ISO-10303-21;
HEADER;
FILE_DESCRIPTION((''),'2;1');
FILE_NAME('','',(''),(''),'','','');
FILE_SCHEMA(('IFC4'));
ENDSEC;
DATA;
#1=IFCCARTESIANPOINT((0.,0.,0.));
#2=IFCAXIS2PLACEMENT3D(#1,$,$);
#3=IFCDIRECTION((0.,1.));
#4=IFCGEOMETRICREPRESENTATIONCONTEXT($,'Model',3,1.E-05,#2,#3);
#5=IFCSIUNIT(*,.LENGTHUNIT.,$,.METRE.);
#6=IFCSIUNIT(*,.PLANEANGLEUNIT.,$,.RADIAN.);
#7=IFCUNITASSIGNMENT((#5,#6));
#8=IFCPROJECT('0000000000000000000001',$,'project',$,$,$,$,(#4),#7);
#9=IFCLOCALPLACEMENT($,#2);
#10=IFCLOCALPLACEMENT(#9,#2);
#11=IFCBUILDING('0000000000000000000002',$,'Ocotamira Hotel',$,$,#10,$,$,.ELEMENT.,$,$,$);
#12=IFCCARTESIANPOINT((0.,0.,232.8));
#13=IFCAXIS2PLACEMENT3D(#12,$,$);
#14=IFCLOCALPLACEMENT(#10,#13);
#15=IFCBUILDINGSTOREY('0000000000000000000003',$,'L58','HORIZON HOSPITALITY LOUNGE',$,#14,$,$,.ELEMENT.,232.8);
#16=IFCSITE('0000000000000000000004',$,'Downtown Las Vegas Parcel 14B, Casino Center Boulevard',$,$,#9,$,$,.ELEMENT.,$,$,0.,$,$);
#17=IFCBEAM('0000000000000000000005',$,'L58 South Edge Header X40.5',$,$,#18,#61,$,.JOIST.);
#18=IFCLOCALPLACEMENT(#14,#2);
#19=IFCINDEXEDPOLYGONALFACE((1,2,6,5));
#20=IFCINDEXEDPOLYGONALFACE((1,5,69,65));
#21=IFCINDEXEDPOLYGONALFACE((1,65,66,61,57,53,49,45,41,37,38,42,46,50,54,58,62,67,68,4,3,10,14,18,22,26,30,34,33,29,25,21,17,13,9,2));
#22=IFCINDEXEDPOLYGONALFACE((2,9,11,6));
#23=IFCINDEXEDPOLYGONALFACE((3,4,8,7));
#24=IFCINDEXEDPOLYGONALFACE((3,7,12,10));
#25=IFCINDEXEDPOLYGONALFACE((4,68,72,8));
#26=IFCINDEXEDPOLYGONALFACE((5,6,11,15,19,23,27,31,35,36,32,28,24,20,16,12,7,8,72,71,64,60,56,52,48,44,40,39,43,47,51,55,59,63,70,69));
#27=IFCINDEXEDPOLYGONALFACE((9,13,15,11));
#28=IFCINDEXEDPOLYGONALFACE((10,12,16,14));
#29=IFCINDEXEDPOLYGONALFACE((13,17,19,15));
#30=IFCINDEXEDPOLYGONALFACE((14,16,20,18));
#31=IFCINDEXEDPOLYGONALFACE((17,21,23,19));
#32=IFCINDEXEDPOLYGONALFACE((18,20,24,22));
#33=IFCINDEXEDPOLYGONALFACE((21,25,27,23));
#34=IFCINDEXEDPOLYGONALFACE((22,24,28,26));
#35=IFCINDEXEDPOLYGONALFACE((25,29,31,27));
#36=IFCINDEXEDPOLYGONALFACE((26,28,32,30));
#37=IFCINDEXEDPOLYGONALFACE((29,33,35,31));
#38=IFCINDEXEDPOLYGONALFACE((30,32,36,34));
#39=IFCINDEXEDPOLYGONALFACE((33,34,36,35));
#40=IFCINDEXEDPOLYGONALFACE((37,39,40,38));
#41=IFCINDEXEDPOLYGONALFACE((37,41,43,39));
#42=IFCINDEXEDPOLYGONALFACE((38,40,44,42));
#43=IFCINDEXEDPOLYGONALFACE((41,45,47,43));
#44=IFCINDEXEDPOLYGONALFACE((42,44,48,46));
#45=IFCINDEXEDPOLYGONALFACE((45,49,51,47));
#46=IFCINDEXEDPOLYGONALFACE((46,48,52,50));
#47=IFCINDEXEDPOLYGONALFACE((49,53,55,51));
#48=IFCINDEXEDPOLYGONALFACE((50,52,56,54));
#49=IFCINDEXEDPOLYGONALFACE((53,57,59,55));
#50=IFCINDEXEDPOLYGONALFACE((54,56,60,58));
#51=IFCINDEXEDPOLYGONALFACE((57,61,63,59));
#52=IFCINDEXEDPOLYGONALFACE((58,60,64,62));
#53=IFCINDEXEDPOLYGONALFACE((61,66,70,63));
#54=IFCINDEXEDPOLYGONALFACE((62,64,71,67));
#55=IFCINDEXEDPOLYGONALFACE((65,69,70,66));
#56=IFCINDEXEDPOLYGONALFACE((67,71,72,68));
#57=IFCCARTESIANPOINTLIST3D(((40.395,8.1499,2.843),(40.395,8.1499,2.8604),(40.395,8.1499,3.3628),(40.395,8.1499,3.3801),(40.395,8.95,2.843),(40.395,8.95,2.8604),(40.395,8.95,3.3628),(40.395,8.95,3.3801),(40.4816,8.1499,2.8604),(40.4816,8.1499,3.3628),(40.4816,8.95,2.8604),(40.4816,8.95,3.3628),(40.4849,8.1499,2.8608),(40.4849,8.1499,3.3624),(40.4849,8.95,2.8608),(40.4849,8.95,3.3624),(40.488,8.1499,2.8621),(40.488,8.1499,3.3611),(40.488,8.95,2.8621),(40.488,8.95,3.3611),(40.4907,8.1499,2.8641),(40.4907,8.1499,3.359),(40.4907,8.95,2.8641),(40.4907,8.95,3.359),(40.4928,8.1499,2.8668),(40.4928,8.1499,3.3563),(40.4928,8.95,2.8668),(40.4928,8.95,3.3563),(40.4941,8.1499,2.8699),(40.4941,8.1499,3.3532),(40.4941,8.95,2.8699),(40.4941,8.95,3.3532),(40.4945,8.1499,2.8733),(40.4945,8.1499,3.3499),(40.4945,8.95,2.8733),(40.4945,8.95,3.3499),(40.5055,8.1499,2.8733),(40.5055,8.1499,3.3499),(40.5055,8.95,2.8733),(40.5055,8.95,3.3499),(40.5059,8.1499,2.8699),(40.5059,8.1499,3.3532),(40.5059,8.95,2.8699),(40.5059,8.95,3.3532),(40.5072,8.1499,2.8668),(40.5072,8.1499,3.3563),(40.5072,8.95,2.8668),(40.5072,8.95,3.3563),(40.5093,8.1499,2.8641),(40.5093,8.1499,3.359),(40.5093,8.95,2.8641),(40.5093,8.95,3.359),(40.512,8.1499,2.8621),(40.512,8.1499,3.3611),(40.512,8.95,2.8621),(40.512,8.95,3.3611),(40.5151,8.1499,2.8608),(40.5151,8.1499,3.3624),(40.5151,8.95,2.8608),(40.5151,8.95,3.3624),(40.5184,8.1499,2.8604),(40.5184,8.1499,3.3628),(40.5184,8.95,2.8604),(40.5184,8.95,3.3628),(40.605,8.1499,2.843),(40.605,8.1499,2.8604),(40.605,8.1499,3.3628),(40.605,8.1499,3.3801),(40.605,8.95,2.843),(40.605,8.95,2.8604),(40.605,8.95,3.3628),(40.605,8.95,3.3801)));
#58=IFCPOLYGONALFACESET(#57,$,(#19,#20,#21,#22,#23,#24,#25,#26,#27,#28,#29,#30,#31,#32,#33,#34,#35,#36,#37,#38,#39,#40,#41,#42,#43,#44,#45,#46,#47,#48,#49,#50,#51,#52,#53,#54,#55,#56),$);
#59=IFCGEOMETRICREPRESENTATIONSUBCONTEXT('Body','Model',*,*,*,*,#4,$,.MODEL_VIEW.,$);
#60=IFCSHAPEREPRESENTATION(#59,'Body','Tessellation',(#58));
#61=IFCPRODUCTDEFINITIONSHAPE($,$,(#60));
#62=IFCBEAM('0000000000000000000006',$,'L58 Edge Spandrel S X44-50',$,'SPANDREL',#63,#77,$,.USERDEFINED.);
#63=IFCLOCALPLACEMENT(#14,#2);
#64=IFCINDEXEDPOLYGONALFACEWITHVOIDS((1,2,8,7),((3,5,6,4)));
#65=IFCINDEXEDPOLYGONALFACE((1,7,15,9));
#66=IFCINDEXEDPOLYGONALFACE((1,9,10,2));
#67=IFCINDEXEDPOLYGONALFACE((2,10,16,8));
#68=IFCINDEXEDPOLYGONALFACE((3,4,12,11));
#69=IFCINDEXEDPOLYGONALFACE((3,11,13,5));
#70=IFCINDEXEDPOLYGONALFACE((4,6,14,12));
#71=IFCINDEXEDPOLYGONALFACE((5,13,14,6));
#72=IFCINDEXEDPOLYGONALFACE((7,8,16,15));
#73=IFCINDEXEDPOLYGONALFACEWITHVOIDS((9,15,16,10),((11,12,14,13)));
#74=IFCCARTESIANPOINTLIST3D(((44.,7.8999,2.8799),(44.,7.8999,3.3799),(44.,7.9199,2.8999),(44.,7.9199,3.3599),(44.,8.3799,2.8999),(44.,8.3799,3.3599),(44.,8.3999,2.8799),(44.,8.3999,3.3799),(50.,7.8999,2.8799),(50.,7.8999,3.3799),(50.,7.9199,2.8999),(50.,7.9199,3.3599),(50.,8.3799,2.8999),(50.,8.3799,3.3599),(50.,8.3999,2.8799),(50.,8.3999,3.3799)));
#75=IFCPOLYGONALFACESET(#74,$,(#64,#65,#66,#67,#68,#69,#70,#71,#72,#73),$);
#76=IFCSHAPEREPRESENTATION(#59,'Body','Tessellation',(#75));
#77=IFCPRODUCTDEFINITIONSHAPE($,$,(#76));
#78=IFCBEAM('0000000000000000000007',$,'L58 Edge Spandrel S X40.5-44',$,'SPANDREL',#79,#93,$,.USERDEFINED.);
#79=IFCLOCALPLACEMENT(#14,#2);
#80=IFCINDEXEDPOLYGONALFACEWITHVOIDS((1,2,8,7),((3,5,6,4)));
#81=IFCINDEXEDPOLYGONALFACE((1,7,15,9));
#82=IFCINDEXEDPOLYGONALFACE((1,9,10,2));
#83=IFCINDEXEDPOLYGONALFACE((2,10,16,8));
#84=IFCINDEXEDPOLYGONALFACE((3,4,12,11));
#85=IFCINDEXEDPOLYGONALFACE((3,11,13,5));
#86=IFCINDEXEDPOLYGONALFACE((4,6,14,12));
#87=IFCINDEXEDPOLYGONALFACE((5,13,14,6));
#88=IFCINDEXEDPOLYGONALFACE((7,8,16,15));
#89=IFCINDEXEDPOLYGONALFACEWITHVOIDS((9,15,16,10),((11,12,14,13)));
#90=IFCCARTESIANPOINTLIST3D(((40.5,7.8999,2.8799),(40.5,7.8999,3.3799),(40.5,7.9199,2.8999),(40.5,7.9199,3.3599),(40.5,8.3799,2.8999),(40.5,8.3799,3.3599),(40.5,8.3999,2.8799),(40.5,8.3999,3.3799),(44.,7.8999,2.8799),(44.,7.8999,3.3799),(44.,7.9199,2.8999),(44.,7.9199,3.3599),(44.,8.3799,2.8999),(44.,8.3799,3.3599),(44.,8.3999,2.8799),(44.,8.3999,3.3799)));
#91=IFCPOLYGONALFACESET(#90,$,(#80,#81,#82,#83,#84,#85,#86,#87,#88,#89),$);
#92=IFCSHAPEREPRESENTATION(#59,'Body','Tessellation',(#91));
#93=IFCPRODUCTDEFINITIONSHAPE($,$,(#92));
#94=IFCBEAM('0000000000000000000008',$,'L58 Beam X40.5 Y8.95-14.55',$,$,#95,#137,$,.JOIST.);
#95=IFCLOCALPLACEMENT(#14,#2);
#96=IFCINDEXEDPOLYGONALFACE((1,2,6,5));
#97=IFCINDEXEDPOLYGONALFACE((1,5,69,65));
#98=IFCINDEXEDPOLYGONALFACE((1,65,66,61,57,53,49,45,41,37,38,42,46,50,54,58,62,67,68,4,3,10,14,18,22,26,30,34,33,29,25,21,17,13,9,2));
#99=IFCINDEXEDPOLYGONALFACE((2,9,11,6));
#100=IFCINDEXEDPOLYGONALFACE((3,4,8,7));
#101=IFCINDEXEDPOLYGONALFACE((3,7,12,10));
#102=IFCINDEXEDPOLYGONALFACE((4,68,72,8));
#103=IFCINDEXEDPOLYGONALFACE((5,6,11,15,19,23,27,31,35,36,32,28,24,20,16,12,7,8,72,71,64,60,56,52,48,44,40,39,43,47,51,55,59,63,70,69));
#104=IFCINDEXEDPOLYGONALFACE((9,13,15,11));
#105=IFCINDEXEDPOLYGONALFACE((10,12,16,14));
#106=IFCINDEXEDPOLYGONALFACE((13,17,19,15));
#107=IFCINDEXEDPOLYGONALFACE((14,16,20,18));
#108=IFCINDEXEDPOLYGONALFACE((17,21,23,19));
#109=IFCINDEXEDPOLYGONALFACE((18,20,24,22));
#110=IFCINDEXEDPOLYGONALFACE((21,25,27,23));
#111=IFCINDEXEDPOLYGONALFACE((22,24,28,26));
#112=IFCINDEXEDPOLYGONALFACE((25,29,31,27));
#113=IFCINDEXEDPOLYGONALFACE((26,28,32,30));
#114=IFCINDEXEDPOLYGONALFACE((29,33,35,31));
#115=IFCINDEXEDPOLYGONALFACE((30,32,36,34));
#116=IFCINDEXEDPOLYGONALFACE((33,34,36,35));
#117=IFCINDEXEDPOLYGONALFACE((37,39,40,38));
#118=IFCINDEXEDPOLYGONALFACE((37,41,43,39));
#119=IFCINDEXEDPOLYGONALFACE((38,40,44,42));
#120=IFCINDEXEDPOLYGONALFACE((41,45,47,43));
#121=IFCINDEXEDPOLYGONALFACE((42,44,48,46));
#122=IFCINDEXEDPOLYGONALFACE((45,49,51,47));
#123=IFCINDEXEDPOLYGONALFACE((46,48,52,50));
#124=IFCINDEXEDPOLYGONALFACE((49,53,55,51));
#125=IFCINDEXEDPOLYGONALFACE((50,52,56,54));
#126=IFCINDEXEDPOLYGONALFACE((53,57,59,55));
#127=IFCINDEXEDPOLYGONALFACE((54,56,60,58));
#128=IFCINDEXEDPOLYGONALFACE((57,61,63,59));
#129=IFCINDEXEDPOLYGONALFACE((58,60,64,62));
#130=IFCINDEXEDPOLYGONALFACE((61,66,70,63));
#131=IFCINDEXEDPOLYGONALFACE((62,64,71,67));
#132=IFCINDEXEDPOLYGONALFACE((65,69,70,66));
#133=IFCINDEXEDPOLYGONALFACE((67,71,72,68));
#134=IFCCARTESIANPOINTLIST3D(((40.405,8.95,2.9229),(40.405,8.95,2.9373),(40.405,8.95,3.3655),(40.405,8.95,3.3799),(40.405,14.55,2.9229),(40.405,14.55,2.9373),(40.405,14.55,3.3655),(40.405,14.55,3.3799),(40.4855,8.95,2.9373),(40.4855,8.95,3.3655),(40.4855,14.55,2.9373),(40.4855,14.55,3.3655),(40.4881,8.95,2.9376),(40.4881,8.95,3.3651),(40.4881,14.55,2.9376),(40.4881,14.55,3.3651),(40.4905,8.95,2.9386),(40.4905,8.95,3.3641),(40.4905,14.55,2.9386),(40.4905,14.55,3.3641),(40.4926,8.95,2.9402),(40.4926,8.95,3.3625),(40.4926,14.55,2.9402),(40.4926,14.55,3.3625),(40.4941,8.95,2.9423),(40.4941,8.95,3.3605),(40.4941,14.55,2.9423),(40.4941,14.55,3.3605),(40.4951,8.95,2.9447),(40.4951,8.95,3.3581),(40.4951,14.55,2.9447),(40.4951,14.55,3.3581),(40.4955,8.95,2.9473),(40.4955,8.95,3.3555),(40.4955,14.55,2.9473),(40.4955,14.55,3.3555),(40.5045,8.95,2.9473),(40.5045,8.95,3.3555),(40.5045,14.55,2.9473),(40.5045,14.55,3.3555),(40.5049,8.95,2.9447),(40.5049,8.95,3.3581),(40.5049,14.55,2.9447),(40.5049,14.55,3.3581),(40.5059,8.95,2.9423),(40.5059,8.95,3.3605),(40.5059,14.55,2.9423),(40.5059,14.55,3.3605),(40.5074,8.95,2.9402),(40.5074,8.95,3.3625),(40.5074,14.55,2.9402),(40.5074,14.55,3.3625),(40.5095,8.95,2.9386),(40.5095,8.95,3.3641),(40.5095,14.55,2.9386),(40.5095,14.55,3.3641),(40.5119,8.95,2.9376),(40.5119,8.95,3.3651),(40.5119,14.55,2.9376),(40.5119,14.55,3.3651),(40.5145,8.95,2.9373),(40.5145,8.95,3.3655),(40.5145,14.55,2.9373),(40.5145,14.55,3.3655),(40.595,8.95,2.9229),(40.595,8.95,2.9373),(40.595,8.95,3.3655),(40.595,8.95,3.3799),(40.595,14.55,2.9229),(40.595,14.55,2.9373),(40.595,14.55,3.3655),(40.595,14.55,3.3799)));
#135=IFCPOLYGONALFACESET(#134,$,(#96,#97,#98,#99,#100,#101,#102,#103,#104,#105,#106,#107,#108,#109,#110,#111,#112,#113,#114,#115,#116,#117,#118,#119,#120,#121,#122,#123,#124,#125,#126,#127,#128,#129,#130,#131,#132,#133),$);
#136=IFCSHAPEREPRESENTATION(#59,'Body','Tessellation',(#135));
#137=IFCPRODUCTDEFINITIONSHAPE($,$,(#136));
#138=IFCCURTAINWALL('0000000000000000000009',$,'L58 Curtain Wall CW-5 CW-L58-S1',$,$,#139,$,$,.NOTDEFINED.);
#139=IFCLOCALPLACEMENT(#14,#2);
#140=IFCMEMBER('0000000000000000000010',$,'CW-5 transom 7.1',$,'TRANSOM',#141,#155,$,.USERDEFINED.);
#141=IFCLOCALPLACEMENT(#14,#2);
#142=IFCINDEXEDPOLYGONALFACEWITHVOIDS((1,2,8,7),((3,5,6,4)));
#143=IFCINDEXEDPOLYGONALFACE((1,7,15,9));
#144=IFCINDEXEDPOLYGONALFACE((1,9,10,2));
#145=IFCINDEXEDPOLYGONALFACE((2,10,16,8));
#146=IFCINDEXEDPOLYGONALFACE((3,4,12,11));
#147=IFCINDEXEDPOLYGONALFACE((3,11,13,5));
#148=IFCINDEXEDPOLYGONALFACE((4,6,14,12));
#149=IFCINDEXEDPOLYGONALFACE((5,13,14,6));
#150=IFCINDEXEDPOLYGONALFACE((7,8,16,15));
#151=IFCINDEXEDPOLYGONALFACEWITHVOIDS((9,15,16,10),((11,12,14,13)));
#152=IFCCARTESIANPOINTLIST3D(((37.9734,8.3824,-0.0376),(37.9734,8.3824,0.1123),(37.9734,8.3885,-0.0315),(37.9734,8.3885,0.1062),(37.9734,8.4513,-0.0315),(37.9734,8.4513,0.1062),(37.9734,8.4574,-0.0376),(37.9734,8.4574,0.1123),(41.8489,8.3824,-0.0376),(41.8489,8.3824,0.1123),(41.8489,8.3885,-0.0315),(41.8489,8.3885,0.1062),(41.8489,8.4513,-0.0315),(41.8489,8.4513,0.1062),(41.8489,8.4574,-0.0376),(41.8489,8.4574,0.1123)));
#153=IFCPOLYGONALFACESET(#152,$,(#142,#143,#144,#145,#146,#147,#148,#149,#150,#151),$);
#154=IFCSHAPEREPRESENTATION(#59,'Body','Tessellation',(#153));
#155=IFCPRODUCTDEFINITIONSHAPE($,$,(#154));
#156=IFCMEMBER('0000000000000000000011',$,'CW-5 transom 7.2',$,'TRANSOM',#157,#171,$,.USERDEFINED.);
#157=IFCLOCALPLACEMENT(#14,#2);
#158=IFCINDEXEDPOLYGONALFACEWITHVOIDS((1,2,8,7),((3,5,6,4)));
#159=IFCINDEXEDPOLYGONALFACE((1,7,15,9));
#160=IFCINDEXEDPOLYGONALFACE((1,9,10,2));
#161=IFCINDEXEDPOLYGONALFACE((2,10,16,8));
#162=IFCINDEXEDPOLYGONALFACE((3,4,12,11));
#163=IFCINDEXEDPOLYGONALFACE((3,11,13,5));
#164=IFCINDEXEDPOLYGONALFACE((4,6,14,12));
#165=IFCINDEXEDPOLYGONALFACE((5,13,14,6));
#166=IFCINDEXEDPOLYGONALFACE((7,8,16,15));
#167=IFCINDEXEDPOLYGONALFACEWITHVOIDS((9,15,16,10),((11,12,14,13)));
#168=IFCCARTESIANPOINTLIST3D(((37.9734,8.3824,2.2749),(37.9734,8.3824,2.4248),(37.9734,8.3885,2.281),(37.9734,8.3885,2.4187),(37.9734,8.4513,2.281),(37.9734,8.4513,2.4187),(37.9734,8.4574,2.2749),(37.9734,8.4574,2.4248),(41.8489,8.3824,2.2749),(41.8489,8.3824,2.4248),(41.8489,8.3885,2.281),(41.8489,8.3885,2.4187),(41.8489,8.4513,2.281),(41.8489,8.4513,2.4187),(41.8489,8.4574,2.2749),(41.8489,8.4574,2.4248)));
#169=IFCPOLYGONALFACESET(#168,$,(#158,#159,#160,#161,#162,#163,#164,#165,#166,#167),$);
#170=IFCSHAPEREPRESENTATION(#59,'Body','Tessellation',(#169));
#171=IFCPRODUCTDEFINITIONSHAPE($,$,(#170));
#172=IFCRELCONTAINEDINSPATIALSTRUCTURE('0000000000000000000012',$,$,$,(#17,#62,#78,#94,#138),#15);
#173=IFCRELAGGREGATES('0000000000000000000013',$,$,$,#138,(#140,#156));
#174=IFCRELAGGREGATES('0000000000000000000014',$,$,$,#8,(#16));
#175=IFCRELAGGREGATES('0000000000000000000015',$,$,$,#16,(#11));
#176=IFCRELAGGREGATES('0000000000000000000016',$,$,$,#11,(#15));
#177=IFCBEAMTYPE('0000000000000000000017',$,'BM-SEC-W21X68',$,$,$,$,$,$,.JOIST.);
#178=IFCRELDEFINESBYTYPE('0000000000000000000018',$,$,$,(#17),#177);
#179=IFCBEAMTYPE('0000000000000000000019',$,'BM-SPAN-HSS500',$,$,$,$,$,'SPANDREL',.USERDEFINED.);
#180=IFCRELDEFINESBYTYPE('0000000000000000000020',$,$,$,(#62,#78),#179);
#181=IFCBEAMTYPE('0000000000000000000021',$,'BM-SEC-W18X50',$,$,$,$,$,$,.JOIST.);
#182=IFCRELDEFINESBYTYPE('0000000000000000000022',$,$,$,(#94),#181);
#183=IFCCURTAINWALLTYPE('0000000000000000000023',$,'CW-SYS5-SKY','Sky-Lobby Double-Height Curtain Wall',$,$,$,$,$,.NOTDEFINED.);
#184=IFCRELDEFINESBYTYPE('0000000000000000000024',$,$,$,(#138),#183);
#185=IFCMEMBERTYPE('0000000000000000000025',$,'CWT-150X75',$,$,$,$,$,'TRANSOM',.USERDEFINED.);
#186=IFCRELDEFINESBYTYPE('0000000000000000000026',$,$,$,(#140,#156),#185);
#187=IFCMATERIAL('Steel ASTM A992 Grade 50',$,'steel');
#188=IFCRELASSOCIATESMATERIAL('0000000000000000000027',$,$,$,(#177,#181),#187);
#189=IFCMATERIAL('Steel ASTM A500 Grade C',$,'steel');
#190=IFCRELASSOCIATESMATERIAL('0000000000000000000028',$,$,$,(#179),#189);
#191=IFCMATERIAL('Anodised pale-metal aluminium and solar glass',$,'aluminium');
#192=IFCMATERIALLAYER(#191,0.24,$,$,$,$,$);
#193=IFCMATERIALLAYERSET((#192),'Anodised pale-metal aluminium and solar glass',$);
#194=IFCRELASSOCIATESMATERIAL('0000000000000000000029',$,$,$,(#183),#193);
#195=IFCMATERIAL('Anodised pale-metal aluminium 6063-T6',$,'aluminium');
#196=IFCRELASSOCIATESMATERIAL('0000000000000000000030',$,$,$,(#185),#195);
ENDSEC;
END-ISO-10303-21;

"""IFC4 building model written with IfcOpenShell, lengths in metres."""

from ifc_helpers import new_model, si_unit, direction, frame, origin, origin_2d, place, context, subcontext, project, spatial, hollow_rectangle, i_section, extrude, source, transform, mapped, material, layer, layer_set, material_profile, profile_set, type_object, element, aggregate, save


model = new_model("IFC4")

# Units and contexts
model_context = context("Model", 3, precision=1e-05, world=origin(), true_north=direction((0.0, 1.0)))
body_context = subcontext(model_context, "Body", "Model", "MODEL_VIEW")
ifc_project = project(units=[si_unit("LENGTHUNIT", "METRE"), si_unit("PLANEANGLEUNIT", "RADIAN")], contexts=[model_context])

# Site, building, storey
site_placement = place(None, origin())
site = spatial("IfcSite", under=ifc_project, at=site_placement, Name="Downtown Las Vegas Parcel 14B, Casino Center Boulevard", CompositionType="ELEMENT", RefElevation=0.0)
building_placement = place(site_placement, origin())
building = spatial("IfcBuilding", under=site, at=building_placement, Name="Ocotamira Hotel", CompositionType="ELEMENT")
storey_placement = place(building_placement, frame((0.0, 0.0, 232.8)))
storey = spatial("IfcBuildingStorey", under=building, at=storey_placement, Name="L58", Description="HORIZON HOSPITALITY LOUNGE", CompositionType="ELEMENT", Elevation=232.8)

# Shared definitions
ifc_material_1 = material(Name="Steel ASTM A992 Grade 50", Category="steel")

# Beams
ifc_material_profile_1 = material_profile(ifc_material_1, i_section(OverallWidth=0.21, OverallDepth=0.5371, WebThickness=0.011, FlangeThickness=0.0173, FilletRadius=0.0129, at=origin_2d()), Name="W21X68")
ifc_profile_set_1 = profile_set([ifc_material_profile_1], Name="Steel ASTM A992 Grade 50")
beam_type_1 = type_object("IfcBeamType", Name="BM-SEC-W21X68", PredefinedType="JOIST", material=ifc_profile_set_1)
shared_shape_1 = source(origin(), body_context, "Body", "SweptSolid", [
    extrude(i_section(OverallWidth=0.21, OverallDepth=0.5371, WebThickness=0.011, FlangeThickness=0.0173, FilletRadius=0.0129, at=origin_2d()), origin(), (0.0, 0.0, 1.0), 0.8),
])
beam_1_placement = place(storey_placement, frame((40.5, 8.95, 3.1116), z_axis=(0.0, -1.0, 0.0), x_axis=(1.0, 0.0, 0.0)))
element("IfcBeam", 1, at=beam_1_placement, inside=storey, type_object=beam_type_1, Name="L58 South Edge Header X40.5", PredefinedType="JOIST", context=body_context, shape_type="MappedRepresentation", body=[
    mapped(shared_shape_1, transform((0.0, 0.0, 0.0), scale=1.0)),
])
ifc_material_2 = material(Name="Steel ASTM A500 Grade C", Category="steel")
ifc_material_profile_2 = material_profile(ifc_material_2, hollow_rectangle(XDim=0.5, YDim=0.5, WallThickness=0.02, at=origin_2d()), Name="HSS500X500X20")
ifc_profile_set_2 = profile_set([ifc_material_profile_2], Name="Steel ASTM A500 Grade C")
beam_type_2 = type_object("IfcBeamType", Name="BM-SPAN-HSS500", ElementType="SPANDREL", PredefinedType="USERDEFINED", material=ifc_profile_set_2)
shared_shape_2 = source(origin(), body_context, "Body", "SweptSolid", [
    extrude(hollow_rectangle(XDim=0.5, YDim=0.5, WallThickness=0.02, at=origin_2d()), origin(), (0.0, 0.0, 1.0), 6.0),
])
beam_2_placement = place(storey_placement, frame((44.0, 8.1499, 3.1299), z_axis=(1.0, 0.0, 0.0), x_axis=(0.0, 1.0, 0.0)))
element("IfcBeam", 2, at=beam_2_placement, inside=storey, type_object=beam_type_2, Name="L58 Edge Spandrel S X44-50", ObjectType="SPANDREL", PredefinedType="USERDEFINED", context=body_context, shape_type="MappedRepresentation", body=[
    mapped(shared_shape_2, transform((0.0, 0.0, 0.0), scale=1.0)),
])
shared_shape_3 = source(origin(), body_context, "Body", "SweptSolid", [
    extrude(hollow_rectangle(XDim=0.5, YDim=0.5, WallThickness=0.02, at=origin_2d()), origin(), (0.0, 0.0, 1.0), 3.5),
])
beam_3_placement = place(storey_placement, frame((40.5, 8.1499, 3.1299), z_axis=(1.0, 0.0, 0.0), x_axis=(0.0, 1.0, 0.0)))
element("IfcBeam", 3, at=beam_3_placement, inside=storey, type_object=beam_type_2, Name="L58 Edge Spandrel S X40.5-44", ObjectType="SPANDREL", PredefinedType="USERDEFINED", context=body_context, shape_type="MappedRepresentation", body=[
    mapped(shared_shape_3, transform((0.0, 0.0, 0.0), scale=1.0)),
])
ifc_material_profile_3 = material_profile(ifc_material_1, i_section(OverallWidth=0.1899, OverallDepth=0.457, WebThickness=0.009, FlangeThickness=0.0144, FilletRadius=0.01, at=origin_2d()), Name="W18X50")
ifc_profile_set_3 = profile_set([ifc_material_profile_3], Name="Steel ASTM A992 Grade 50")
beam_type_3 = type_object("IfcBeamType", Name="BM-SEC-W18X50", PredefinedType="JOIST", material=ifc_profile_set_3)
shared_shape_4 = source(origin(), body_context, "Body", "SweptSolid", [
    extrude(i_section(OverallWidth=0.1899, OverallDepth=0.457, WebThickness=0.009, FlangeThickness=0.0144, FilletRadius=0.01, at=origin_2d()), origin(), (0.0, 0.0, 1.0), 5.6001),
])
beam_4_placement = place(storey_placement, frame((40.5, 8.95, 3.1514), z_axis=(0.0, 1.0, 0.0), x_axis=(-1.0, 0.0, 0.0)))
element("IfcBeam", 4, at=beam_4_placement, inside=storey, type_object=beam_type_3, Name="L58 Beam X40.5 Y8.95-14.55", PredefinedType="JOIST", context=body_context, shape_type="MappedRepresentation", body=[
    mapped(shared_shape_4, transform((0.0, 0.0, 0.0), scale=1.0)),
])

# Curtain wall, members
ifc_material_3 = material(Name="Anodised pale-metal aluminium and solar glass", Category="aluminium")
ifc_layer_1 = layer(ifc_material_3, 0.24)
ifc_layer_set_1 = layer_set([ifc_layer_1], Name="Anodised pale-metal aluminium and solar glass")
curtain_wall_type = type_object("IfcCurtainWallType", Name="CW-SYS5-SKY", Description="Sky-Lobby Double-Height Curtain Wall", PredefinedType="NOTDEFINED", material=ifc_layer_set_1)
curtain_wall_placement = place(storey_placement, origin())
curtain_wall = element("IfcCurtainWall", 5, at=curtain_wall_placement, inside=storey, type_object=curtain_wall_type, Name="L58 Curtain Wall CW-5 CW-L58-S1", PredefinedType="NOTDEFINED")
ifc_material_4 = material(Name="Anodised pale-metal aluminium 6063-T6", Category="aluminium")
ifc_material_profile_4 = material_profile(ifc_material_4, hollow_rectangle(XDim=0.075, YDim=0.1499, WallThickness=0.0061, at=origin_2d()), Name="HSS150X75X6")
ifc_profile_set_4 = profile_set([ifc_material_profile_4], Name="Anodised pale-metal aluminium 6063-T6")
member_type_1 = type_object("IfcMemberType", Name="CWT-150X75", ElementType="TRANSOM", PredefinedType="USERDEFINED", material=ifc_profile_set_4)
shared_shape_5 = source(origin(), body_context, "Body", "SweptSolid", [
    extrude(hollow_rectangle(XDim=0.075, YDim=0.1499, WallThickness=0.0061, at=origin_2d()), origin(), (0.0, 0.0, 1.0), 3.8755),
])
member_1_placement = place(storey_placement, frame((37.9734, 8.4199, 0.0374), z_axis=(1.0, 0.0, 0.0), x_axis=(0.0, 1.0, 0.0)))
member_1 = element("IfcMember", 6, at=member_1_placement, type_object=member_type_1, Name="CW-5 transom 7.1", ObjectType="TRANSOM", PredefinedType="USERDEFINED", context=body_context, shape_type="MappedRepresentation", body=[
    mapped(shared_shape_5, transform((0.0, 0.0, 0.0), scale=1.0)),
])
member_2_placement = place(storey_placement, frame((37.9734, 8.4199, 2.3499), z_axis=(1.0, 0.0, 0.0), x_axis=(0.0, 1.0, 0.0)))
member_2 = element("IfcMember", 7, at=member_2_placement, type_object=member_type_1, Name="CW-5 transom 7.2", ObjectType="TRANSOM", PredefinedType="USERDEFINED", context=body_context, shape_type="MappedRepresentation", body=[
    mapped(shared_shape_5, transform((0.0, 0.0, 0.0), scale=1.0)),
])

aggregate(curtain_wall, [member_1, member_2])

save(model, "model.ifc")
